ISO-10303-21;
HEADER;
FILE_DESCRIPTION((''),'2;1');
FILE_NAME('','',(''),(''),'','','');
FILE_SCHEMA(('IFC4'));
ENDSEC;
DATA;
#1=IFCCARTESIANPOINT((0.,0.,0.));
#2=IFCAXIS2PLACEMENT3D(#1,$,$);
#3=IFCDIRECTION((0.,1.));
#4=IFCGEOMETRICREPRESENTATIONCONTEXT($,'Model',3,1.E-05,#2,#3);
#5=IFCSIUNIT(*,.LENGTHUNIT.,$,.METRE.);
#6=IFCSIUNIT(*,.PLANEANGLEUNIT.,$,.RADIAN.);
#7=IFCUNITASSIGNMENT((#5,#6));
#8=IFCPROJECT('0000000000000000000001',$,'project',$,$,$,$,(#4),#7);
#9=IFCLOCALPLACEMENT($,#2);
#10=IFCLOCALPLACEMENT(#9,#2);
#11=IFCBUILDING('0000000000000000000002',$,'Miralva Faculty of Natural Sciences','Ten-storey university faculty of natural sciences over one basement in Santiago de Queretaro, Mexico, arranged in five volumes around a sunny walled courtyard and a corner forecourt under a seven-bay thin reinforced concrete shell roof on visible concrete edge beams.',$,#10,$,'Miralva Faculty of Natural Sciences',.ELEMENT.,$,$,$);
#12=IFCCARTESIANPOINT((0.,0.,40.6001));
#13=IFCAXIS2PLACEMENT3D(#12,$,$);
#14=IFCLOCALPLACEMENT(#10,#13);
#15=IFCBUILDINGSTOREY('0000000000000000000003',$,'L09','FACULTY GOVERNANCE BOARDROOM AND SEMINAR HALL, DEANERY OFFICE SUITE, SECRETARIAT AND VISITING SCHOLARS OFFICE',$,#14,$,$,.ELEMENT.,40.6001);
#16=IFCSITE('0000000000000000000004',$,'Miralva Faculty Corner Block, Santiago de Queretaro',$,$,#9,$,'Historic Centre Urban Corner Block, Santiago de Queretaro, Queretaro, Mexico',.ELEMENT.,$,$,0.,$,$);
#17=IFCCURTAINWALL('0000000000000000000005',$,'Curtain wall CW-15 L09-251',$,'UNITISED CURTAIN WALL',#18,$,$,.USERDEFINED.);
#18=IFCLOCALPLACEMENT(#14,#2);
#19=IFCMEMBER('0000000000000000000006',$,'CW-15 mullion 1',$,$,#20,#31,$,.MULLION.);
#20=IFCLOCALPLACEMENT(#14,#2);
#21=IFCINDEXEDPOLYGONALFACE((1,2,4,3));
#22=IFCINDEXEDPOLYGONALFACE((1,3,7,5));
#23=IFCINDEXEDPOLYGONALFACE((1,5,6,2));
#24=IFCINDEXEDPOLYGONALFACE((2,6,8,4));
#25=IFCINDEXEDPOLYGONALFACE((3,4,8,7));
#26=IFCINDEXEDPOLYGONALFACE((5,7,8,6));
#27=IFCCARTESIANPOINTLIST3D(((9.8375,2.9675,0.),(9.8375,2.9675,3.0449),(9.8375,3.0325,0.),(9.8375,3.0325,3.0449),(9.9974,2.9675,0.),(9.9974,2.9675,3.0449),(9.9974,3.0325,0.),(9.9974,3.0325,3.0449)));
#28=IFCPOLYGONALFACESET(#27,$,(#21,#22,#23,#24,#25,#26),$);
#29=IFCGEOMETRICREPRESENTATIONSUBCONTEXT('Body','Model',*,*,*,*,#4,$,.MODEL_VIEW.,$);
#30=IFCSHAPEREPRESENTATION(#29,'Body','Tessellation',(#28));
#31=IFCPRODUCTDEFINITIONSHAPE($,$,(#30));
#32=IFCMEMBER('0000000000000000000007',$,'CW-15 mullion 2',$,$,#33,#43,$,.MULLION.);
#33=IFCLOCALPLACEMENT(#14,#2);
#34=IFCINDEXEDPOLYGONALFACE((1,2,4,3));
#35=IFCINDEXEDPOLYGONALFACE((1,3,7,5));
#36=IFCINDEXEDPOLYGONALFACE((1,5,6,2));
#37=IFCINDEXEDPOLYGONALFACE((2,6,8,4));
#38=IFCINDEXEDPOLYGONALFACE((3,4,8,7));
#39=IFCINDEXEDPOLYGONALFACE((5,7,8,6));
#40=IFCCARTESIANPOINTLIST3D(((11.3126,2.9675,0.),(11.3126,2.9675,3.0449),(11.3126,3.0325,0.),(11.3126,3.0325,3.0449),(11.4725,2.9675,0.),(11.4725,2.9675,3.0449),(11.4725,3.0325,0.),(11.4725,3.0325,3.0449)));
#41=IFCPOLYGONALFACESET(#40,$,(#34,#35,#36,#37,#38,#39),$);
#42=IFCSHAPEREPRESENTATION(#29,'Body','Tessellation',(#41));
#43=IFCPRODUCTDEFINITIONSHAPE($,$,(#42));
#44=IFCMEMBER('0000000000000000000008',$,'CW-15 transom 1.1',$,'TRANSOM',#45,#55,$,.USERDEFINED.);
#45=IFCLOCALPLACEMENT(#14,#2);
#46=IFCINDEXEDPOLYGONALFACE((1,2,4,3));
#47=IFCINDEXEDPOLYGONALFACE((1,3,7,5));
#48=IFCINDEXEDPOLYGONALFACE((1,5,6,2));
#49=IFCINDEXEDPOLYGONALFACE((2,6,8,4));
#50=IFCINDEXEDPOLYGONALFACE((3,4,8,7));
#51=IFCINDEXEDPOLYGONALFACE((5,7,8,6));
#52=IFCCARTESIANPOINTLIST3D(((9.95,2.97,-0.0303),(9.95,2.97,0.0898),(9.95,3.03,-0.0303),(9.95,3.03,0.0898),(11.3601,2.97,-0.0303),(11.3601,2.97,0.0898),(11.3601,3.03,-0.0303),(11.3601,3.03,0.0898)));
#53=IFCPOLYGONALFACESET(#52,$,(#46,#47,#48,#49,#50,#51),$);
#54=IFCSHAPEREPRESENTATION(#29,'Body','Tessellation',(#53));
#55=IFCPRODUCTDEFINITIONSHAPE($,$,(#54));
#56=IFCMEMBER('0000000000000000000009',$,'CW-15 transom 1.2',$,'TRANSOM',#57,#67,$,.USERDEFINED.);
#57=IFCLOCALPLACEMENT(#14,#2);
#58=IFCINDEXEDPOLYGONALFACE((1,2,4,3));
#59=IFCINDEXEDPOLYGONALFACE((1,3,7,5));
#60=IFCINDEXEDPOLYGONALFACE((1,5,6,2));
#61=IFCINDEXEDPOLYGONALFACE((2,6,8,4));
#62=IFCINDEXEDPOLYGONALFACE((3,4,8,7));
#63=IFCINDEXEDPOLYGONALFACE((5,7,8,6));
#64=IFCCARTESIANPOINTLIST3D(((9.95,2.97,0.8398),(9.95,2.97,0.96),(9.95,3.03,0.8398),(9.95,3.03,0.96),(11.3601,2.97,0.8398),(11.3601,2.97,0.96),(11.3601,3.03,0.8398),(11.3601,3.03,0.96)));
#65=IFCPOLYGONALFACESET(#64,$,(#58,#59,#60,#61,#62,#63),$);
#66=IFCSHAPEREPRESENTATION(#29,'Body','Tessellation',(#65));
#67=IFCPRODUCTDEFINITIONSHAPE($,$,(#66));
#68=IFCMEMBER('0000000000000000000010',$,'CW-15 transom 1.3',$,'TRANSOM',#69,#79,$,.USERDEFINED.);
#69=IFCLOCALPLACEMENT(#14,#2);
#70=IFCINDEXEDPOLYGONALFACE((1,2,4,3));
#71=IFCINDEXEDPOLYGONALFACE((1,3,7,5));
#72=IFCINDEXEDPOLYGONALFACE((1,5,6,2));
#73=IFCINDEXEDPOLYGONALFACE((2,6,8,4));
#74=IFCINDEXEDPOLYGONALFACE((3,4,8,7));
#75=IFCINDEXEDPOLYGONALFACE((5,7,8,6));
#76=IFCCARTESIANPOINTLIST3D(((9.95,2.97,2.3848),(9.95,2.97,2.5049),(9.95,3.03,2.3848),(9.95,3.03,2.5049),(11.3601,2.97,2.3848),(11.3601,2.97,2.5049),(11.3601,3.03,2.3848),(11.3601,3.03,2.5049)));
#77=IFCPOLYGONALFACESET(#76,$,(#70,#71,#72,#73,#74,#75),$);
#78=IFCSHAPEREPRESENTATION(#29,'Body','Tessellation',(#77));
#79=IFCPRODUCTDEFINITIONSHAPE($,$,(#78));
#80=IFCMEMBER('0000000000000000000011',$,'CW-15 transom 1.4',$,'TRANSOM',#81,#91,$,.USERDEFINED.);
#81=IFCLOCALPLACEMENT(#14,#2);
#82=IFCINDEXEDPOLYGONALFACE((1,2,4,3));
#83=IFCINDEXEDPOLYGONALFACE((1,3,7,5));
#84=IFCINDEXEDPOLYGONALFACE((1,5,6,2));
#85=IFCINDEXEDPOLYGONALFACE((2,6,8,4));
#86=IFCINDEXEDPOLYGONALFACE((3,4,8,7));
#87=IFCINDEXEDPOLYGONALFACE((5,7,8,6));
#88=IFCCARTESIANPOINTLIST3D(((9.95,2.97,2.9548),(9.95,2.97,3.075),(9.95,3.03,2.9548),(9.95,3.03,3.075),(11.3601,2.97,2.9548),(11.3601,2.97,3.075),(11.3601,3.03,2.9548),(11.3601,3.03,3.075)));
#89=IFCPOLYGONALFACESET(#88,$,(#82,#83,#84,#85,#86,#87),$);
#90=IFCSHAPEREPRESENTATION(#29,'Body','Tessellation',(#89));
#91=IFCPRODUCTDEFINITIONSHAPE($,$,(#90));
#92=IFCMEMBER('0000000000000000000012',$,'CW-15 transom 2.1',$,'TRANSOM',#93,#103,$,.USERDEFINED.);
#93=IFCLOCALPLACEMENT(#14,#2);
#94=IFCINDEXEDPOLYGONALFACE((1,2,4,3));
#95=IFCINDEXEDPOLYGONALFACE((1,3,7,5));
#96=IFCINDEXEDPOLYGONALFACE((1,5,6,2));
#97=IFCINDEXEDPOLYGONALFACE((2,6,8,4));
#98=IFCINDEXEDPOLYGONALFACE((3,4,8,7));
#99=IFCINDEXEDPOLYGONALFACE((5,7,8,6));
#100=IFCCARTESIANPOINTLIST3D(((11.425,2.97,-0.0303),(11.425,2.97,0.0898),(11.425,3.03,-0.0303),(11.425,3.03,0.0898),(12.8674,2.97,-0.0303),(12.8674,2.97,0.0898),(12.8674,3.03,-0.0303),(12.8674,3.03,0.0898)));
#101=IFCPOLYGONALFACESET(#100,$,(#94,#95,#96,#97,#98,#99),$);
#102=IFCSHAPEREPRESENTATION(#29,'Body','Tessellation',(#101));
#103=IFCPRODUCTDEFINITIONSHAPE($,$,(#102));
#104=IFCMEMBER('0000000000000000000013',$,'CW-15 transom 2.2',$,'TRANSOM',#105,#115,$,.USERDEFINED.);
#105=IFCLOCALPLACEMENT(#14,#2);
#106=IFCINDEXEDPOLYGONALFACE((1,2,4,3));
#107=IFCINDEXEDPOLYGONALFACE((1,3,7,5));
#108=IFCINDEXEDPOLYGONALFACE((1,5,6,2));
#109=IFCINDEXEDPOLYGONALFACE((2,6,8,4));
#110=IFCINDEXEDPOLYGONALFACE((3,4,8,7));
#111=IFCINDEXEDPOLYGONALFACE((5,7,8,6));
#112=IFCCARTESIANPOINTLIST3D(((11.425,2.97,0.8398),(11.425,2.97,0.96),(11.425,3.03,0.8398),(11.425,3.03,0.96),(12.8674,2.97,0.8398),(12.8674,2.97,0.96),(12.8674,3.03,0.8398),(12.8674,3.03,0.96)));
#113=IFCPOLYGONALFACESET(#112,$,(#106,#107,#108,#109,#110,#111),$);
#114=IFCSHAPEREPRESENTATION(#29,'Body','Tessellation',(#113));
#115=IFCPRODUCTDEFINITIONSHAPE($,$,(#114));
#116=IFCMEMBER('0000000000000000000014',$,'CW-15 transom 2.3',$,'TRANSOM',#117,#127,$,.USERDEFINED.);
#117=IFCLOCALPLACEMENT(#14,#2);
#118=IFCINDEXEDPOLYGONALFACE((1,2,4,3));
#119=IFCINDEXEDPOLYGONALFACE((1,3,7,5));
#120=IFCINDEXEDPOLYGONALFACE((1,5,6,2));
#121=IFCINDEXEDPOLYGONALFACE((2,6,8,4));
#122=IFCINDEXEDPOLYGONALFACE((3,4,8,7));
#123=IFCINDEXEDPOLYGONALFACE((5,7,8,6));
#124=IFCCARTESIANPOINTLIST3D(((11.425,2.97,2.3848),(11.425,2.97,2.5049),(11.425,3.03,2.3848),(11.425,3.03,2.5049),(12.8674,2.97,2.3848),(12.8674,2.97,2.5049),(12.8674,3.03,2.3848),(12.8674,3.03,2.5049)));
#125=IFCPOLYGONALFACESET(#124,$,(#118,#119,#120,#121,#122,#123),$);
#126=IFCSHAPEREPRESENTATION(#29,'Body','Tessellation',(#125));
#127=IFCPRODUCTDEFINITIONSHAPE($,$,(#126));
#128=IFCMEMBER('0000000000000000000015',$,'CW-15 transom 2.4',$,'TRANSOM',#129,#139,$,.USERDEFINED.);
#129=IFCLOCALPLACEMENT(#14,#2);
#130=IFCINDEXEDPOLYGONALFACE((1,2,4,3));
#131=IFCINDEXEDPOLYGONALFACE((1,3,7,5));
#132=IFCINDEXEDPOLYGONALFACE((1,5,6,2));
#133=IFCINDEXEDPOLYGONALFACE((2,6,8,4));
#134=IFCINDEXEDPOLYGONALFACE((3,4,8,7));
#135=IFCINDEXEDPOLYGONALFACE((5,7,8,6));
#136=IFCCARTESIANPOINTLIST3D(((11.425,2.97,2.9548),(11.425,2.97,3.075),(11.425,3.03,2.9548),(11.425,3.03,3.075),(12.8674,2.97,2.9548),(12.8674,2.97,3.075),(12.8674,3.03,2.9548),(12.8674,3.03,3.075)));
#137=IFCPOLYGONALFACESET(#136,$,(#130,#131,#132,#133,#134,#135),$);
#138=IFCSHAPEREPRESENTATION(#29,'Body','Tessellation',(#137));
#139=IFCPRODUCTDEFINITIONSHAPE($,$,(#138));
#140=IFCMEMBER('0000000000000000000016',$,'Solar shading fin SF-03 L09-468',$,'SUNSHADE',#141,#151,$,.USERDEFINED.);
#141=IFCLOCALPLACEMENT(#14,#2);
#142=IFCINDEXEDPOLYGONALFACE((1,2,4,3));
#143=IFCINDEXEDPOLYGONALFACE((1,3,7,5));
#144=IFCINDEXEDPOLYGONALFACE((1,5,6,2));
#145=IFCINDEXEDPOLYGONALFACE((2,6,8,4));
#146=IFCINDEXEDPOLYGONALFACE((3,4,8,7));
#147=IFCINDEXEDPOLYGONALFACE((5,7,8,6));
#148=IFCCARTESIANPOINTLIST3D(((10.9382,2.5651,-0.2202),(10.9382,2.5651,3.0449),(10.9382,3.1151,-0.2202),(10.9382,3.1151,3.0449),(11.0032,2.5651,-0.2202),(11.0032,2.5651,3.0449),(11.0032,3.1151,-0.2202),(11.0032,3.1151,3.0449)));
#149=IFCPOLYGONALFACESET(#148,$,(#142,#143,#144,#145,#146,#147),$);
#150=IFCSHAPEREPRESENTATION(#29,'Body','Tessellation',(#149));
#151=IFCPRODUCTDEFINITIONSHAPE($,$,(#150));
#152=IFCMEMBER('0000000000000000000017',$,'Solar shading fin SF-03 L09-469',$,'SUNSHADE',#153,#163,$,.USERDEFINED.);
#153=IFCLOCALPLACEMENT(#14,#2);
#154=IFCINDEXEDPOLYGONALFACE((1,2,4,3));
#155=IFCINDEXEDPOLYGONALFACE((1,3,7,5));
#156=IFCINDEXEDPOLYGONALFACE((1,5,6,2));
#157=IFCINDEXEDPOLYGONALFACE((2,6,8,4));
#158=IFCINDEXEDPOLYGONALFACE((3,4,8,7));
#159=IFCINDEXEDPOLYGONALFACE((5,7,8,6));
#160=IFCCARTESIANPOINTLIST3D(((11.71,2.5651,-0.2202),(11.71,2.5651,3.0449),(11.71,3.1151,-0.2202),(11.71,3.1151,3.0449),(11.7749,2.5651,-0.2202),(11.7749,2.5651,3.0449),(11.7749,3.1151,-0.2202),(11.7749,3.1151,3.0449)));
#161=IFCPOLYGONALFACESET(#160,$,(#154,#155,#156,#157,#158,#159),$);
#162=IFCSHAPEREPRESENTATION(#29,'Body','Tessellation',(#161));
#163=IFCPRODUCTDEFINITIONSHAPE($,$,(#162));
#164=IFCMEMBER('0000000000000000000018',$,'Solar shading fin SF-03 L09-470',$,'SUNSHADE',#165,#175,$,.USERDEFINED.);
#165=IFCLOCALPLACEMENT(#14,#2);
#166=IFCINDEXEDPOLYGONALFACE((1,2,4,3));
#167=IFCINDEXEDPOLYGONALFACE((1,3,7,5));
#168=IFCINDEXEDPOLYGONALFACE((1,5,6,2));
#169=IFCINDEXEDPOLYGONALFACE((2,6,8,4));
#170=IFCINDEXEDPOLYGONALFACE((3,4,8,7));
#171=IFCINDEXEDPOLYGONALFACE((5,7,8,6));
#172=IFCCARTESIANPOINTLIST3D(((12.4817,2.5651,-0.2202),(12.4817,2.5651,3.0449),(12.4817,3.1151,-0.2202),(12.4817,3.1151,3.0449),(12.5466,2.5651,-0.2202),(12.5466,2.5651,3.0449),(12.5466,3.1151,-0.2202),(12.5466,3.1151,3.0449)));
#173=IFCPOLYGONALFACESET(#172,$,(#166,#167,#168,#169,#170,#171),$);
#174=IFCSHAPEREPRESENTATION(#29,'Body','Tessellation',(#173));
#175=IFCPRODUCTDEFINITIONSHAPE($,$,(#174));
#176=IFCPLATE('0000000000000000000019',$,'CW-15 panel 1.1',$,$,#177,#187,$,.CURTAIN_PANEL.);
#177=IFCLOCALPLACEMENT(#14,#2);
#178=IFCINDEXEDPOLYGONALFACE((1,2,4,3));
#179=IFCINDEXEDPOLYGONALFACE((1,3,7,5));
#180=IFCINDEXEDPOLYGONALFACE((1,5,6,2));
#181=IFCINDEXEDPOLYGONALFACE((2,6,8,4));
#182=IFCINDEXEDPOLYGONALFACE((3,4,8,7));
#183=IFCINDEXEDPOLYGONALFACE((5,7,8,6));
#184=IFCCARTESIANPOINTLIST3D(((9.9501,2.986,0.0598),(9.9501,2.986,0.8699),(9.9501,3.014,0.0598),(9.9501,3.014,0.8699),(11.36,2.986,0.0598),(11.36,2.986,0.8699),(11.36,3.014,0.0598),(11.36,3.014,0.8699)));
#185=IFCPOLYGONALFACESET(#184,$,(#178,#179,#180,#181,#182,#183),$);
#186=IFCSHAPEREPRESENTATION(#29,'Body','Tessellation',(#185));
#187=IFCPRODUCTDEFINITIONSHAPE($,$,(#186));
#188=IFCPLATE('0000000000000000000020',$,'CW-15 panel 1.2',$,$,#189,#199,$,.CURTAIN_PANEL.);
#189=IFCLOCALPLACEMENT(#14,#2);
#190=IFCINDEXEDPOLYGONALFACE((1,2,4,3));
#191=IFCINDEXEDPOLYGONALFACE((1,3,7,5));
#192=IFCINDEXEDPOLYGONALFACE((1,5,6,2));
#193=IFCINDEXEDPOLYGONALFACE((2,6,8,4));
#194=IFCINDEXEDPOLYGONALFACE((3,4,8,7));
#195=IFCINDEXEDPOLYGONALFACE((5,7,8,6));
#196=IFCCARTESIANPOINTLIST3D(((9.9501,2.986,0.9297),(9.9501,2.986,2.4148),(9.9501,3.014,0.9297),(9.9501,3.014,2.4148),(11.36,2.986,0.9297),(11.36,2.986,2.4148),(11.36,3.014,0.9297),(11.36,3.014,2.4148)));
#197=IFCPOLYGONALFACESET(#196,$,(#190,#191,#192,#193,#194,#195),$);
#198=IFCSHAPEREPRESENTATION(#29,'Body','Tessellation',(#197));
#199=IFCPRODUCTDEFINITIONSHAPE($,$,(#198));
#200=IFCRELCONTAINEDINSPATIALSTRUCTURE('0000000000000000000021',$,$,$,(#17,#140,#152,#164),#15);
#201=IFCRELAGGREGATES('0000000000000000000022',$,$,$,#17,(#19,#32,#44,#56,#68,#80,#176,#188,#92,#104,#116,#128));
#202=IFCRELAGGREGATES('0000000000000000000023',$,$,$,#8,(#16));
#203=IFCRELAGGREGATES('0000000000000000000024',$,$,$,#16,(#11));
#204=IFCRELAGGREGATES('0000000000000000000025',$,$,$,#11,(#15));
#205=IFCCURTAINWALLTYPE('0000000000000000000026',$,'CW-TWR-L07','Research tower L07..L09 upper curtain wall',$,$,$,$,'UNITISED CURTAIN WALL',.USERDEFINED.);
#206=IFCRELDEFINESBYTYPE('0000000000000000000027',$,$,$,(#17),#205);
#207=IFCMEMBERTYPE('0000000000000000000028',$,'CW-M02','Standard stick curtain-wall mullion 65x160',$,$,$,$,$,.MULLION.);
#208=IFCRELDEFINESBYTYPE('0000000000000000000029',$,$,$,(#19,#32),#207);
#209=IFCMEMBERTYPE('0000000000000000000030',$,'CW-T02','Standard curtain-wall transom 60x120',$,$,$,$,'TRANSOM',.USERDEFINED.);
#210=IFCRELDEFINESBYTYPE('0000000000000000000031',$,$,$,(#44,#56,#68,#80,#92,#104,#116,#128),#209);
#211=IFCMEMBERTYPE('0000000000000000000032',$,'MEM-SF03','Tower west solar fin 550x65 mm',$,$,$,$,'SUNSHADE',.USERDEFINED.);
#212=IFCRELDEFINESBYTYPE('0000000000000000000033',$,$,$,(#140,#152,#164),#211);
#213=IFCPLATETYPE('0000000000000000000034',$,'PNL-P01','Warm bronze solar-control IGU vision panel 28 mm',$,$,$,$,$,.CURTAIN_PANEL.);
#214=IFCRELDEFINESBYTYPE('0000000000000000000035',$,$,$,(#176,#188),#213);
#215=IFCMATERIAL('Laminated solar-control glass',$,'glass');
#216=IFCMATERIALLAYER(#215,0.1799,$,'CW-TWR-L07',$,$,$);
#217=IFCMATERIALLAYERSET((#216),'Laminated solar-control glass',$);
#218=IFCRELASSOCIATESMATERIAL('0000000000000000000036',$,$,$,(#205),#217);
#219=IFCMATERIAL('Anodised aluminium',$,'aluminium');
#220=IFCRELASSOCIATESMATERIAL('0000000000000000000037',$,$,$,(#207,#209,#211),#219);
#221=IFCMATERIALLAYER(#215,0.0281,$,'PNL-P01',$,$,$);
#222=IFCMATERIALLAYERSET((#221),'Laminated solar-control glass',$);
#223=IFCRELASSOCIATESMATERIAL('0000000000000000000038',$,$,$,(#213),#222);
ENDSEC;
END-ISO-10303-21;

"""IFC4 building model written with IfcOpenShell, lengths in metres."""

from ifc_helpers import new_model, si_unit, direction, frame, origin, origin_2d, place, context, subcontext, project, spatial, rectangle, extrude, material, layer, layer_set, material_profile, profile_set, type_object, element, aggregate, save


model = new_model("IFC4")

# Units and contexts
model_context = context("Model", 3, precision=1e-05, world=origin(), true_north=direction((0.0, 1.0)))
body_context = subcontext(model_context, "Body", "Model", "MODEL_VIEW")
ifc_project = project(units=[si_unit("LENGTHUNIT", "METRE"), si_unit("PLANEANGLEUNIT", "RADIAN")], contexts=[model_context])

# Site, building, storey
site_placement = place(None, origin())
site = spatial("IfcSite", under=ifc_project, at=site_placement, Name="Miralva Faculty Corner Block, Santiago de Queretaro", LongName="Historic Centre Urban Corner Block, Santiago de Queretaro, Queretaro, Mexico", CompositionType="ELEMENT", RefElevation=0.0)
building_placement = place(site_placement, origin())
building = spatial("IfcBuilding", under=site, at=building_placement, Name="Miralva Faculty of Natural Sciences", Description="Ten-storey university faculty of natural sciences over one basement in Santiago de Queretaro, Mexico, arranged in five volumes around a sunny walled courtyard and a corner forecourt under a seven-bay thin reinforced concrete shell roof on visible concrete edge beams.", LongName="Miralva Faculty of Natural Sciences", CompositionType="ELEMENT")
storey_placement = place(building_placement, frame((0.0, 0.0, 40.6001)))
storey = spatial("IfcBuildingStorey", under=building, at=storey_placement, Name="L09", Description="FACULTY GOVERNANCE BOARDROOM AND SEMINAR HALL, DEANERY OFFICE SUITE, SECRETARIAT AND VISITING SCHOLARS OFFICE", CompositionType="ELEMENT", Elevation=40.6001)

# Curtain wall, members
ifc_material_1 = material(Name="Laminated solar-control glass", Category="glass")
ifc_layer_1 = layer(ifc_material_1, 0.1799, Name="CW-TWR-L07")
ifc_layer_set_1 = layer_set([ifc_layer_1], Name="Laminated solar-control glass")
curtain_wall_type = type_object("IfcCurtainWallType", Name="CW-TWR-L07", Description="Research tower L07..L09 upper curtain wall", ElementType="UNITISED CURTAIN WALL", PredefinedType="USERDEFINED", material=ifc_layer_set_1)
curtain_wall_placement = place(storey_placement, origin())
curtain_wall = element("IfcCurtainWall", 1, at=curtain_wall_placement, inside=storey, type_object=curtain_wall_type, Name="Curtain wall CW-15 L09-251", ObjectType="UNITISED CURTAIN WALL", PredefinedType="USERDEFINED")
ifc_material_2 = material(Name="Anodised aluminium", Category="aluminium")
ifc_material_profile_1 = material_profile(ifc_material_2, rectangle(XDim=0.0649, YDim=0.1599, at=origin_2d()), Name="MULLION 65x160")
ifc_profile_set_1 = profile_set([ifc_material_profile_1], Name="Anodised aluminium")
member_type_1 = type_object("IfcMemberType", Name="CW-M02", Description="Standard stick curtain-wall mullion 65x160", PredefinedType="MULLION", material=ifc_profile_set_1)
member_1_placement = place(storey_placement, frame((9.9175, 3.0, 0.0), z_axis=(0.0, 0.0, 1.0), x_axis=(0.0, 1.0, 0.0)))
member_1 = element("IfcMember", 2, at=member_1_placement, type_object=member_type_1, Name="CW-15 mullion 1", PredefinedType="MULLION", context=body_context, shape_type="SweptSolid", body=[
    extrude(rectangle(XDim=0.0649, YDim=0.1599, at=origin_2d()), origin(), (0.0, 0.0, 1.0), 3.0449),
])
member_2_placement = place(storey_placement, frame((11.3926, 3.0, 0.0), z_axis=(0.0, 0.0, 1.0), x_axis=(0.0, 1.0, 0.0)))
member_2 = element("IfcMember", 3, at=member_2_placement, type_object=member_type_1, Name="CW-15 mullion 2", PredefinedType="MULLION", context=body_context, shape_type="SweptSolid", body=[
    extrude(rectangle(XDim=0.0649, YDim=0.1599, at=origin_2d()), origin(), (0.0, 0.0, 1.0), 3.0449),
])
ifc_material_profile_2 = material_profile(ifc_material_2, rectangle(XDim=0.0601, YDim=0.1201, at=origin_2d()), Name="TRANSOM 60x120")
ifc_profile_set_2 = profile_set([ifc_material_profile_2], Name="Anodised aluminium")
member_type_2 = type_object("IfcMemberType", Name="CW-T02", Description="Standard curtain-wall transom 60x120", ElementType="TRANSOM", PredefinedType="USERDEFINED", material=ifc_profile_set_2)
member_3_placement = place(storey_placement, frame((9.95, 3.0, 0.0298), z_axis=(1.0, 0.0, 0.0), x_axis=(0.0, 1.0, 0.0)))
member_3 = element("IfcMember", 4, at=member_3_placement, type_object=member_type_2, Name="CW-15 transom 1.1", ObjectType="TRANSOM", PredefinedType="USERDEFINED", context=body_context, shape_type="SweptSolid", body=[
    extrude(rectangle(XDim=0.0601, YDim=0.1201, at=origin_2d()), origin(), (0.0, 0.0, 1.0), 1.4102),
])
member_4_placement = place(storey_placement, frame((9.95, 3.0, 0.8999), z_axis=(1.0, 0.0, 0.0), x_axis=(0.0, 1.0, 0.0)))
member_4 = element("IfcMember", 5, at=member_4_placement, type_object=member_type_2, Name="CW-15 transom 1.2", ObjectType="TRANSOM", PredefinedType="USERDEFINED", context=body_context, shape_type="SweptSolid", body=[
    extrude(rectangle(XDim=0.0601, YDim=0.1201, at=origin_2d()), origin(), (0.0, 0.0, 1.0), 1.4102),
])
member_5_placement = place(storey_placement, frame((9.95, 3.0, 2.4448), z_axis=(1.0, 0.0, 0.0), x_axis=(0.0, 1.0, 0.0)))
member_5 = element("IfcMember", 6, at=member_5_placement, type_object=member_type_2, Name="CW-15 transom 1.3", ObjectType="TRANSOM", PredefinedType="USERDEFINED", context=body_context, shape_type="SweptSolid", body=[
    extrude(rectangle(XDim=0.0601, YDim=0.1201, at=origin_2d()), origin(), (0.0, 0.0, 1.0), 1.4102),
])
member_6_placement = place(storey_placement, frame((9.95, 3.0, 3.0149), z_axis=(1.0, 0.0, 0.0), x_axis=(0.0, 1.0, 0.0)))
member_6 = element("IfcMember", 7, at=member_6_placement, type_object=member_type_2, Name="CW-15 transom 1.4", ObjectType="TRANSOM", PredefinedType="USERDEFINED", context=body_context, shape_type="SweptSolid", body=[
    extrude(rectangle(XDim=0.0601, YDim=0.1201, at=origin_2d()), origin(), (0.0, 0.0, 1.0), 1.4102),
])
member_7_placement = place(storey_placement, frame((11.425, 3.0, 0.0298), z_axis=(1.0, 0.0, 0.0), x_axis=(0.0, 1.0, 0.0)))
member_7 = element("IfcMember", 8, at=member_7_placement, type_object=member_type_2, Name="CW-15 transom 2.1", ObjectType="TRANSOM", PredefinedType="USERDEFINED", context=body_context, shape_type="SweptSolid", body=[
    extrude(rectangle(XDim=0.0601, YDim=0.1201, at=origin_2d()), origin(), (0.0, 0.0, 1.0), 1.4424),
])
member_8_placement = place(storey_placement, frame((11.425, 3.0, 0.8999), z_axis=(1.0, 0.0, 0.0), x_axis=(0.0, 1.0, 0.0)))
member_8 = element("IfcMember", 9, at=member_8_placement, type_object=member_type_2, Name="CW-15 transom 2.2", ObjectType="TRANSOM", PredefinedType="USERDEFINED", context=body_context, shape_type="SweptSolid", body=[
    extrude(rectangle(XDim=0.0601, YDim=0.1201, at=origin_2d()), origin(), (0.0, 0.0, 1.0), 1.4424),
])
member_9_placement = place(storey_placement, frame((11.425, 3.0, 2.4448), z_axis=(1.0, 0.0, 0.0), x_axis=(0.0, 1.0, 0.0)))
member_9 = element("IfcMember", 10, at=member_9_placement, type_object=member_type_2, Name="CW-15 transom 2.3", ObjectType="TRANSOM", PredefinedType="USERDEFINED", context=body_context, shape_type="SweptSolid", body=[
    extrude(rectangle(XDim=0.0601, YDim=0.1201, at=origin_2d()), origin(), (0.0, 0.0, 1.0), 1.4424),
])
member_10_placement = place(storey_placement, frame((11.425, 3.0, 3.0149), z_axis=(1.0, 0.0, 0.0), x_axis=(0.0, 1.0, 0.0)))
member_10 = element("IfcMember", 11, at=member_10_placement, type_object=member_type_2, Name="CW-15 transom 2.4", ObjectType="TRANSOM", PredefinedType="USERDEFINED", context=body_context, shape_type="SweptSolid", body=[
    extrude(rectangle(XDim=0.0601, YDim=0.1201, at=origin_2d()), origin(), (0.0, 0.0, 1.0), 1.4424),
])

# Members
ifc_material_profile_3 = material_profile(ifc_material_2, rectangle(XDim=0.0649, YDim=0.55, at=origin_2d()), Name="FIN 550x65")
ifc_profile_set_3 = profile_set([ifc_material_profile_3], Name="Anodised aluminium")
member_type_3 = type_object("IfcMemberType", Name="MEM-SF03", Description="Tower west solar fin 550x65 mm", ElementType="SUNSHADE", PredefinedType="USERDEFINED", material=ifc_profile_set_3)
for number, where, z_axis, x_axis, name in (
    (12, (10.9707, 2.8401, -0.2202), (0.0, 0.0, 1.0), (1.0, 0.0, 0.0), "Solar shading fin SF-03 L09-468"),
    (13, (11.7424, 2.8401, -0.2202), (0.0, 0.0, 1.0), (1.0, 0.0, 0.0), "Solar shading fin SF-03 L09-469"),
    (14, (12.5142, 2.8401, -0.2202), (0.0, 0.0, 1.0), (1.0, 0.0, 0.0), "Solar shading fin SF-03 L09-470"),
):
    element("IfcMember", number, at=place(storey_placement, frame(where, z_axis=z_axis, x_axis=x_axis)), inside=storey, type_object=member_type_3, Name=name, ObjectType="SUNSHADE", PredefinedType="USERDEFINED", context=body_context, shape_type="SweptSolid", body=[
        extrude(rectangle(XDim=0.0649, YDim=0.55, at=origin_2d()), origin(), (0.0, 0.0, 1.0), 3.2651),
    ])

# Plates
ifc_layer_2 = layer(ifc_material_1, 0.0281, Name="PNL-P01")
ifc_layer_set_2 = layer_set([ifc_layer_2], Name="Laminated solar-control glass")
plate_type = type_object("IfcPlateType", Name="PNL-P01", Description="Warm bronze solar-control IGU vision panel 28 mm", PredefinedType="CURTAIN_PANEL", material=ifc_layer_set_2)
plate_1_placement = place(storey_placement, frame((10.655, 3.0, 0.0598), z_axis=(0.0, 0.0, 1.0), x_axis=(1.0, 0.0, 0.0)))
plate_1 = element("IfcPlate", 15, at=plate_1_placement, type_object=plate_type, Name="CW-15 panel 1.1", PredefinedType="CURTAIN_PANEL", context=body_context, shape_type="SweptSolid", body=[
    extrude(rectangle(XDim=1.4099, YDim=0.0281, at=origin_2d()), origin(), (0.0, 0.0, 1.0), 0.8101),
])
plate_2_placement = place(storey_placement, frame((10.655, 3.0, 0.9297), z_axis=(0.0, 0.0, 1.0), x_axis=(1.0, 0.0, 0.0)))
plate_2 = element("IfcPlate", 16, at=plate_2_placement, type_object=plate_type, Name="CW-15 panel 1.2", PredefinedType="CURTAIN_PANEL", context=body_context, shape_type="SweptSolid", body=[
    extrude(rectangle(XDim=1.4099, YDim=0.0281, at=origin_2d()), origin(), (0.0, 0.0, 1.0), 1.4851),
])
aggregate(curtain_wall, [member_1, member_2, member_3, member_4, member_5, member_6, plate_1, plate_2, member_7, member_8, member_9, member_10])

save(model, "model.ifc")
